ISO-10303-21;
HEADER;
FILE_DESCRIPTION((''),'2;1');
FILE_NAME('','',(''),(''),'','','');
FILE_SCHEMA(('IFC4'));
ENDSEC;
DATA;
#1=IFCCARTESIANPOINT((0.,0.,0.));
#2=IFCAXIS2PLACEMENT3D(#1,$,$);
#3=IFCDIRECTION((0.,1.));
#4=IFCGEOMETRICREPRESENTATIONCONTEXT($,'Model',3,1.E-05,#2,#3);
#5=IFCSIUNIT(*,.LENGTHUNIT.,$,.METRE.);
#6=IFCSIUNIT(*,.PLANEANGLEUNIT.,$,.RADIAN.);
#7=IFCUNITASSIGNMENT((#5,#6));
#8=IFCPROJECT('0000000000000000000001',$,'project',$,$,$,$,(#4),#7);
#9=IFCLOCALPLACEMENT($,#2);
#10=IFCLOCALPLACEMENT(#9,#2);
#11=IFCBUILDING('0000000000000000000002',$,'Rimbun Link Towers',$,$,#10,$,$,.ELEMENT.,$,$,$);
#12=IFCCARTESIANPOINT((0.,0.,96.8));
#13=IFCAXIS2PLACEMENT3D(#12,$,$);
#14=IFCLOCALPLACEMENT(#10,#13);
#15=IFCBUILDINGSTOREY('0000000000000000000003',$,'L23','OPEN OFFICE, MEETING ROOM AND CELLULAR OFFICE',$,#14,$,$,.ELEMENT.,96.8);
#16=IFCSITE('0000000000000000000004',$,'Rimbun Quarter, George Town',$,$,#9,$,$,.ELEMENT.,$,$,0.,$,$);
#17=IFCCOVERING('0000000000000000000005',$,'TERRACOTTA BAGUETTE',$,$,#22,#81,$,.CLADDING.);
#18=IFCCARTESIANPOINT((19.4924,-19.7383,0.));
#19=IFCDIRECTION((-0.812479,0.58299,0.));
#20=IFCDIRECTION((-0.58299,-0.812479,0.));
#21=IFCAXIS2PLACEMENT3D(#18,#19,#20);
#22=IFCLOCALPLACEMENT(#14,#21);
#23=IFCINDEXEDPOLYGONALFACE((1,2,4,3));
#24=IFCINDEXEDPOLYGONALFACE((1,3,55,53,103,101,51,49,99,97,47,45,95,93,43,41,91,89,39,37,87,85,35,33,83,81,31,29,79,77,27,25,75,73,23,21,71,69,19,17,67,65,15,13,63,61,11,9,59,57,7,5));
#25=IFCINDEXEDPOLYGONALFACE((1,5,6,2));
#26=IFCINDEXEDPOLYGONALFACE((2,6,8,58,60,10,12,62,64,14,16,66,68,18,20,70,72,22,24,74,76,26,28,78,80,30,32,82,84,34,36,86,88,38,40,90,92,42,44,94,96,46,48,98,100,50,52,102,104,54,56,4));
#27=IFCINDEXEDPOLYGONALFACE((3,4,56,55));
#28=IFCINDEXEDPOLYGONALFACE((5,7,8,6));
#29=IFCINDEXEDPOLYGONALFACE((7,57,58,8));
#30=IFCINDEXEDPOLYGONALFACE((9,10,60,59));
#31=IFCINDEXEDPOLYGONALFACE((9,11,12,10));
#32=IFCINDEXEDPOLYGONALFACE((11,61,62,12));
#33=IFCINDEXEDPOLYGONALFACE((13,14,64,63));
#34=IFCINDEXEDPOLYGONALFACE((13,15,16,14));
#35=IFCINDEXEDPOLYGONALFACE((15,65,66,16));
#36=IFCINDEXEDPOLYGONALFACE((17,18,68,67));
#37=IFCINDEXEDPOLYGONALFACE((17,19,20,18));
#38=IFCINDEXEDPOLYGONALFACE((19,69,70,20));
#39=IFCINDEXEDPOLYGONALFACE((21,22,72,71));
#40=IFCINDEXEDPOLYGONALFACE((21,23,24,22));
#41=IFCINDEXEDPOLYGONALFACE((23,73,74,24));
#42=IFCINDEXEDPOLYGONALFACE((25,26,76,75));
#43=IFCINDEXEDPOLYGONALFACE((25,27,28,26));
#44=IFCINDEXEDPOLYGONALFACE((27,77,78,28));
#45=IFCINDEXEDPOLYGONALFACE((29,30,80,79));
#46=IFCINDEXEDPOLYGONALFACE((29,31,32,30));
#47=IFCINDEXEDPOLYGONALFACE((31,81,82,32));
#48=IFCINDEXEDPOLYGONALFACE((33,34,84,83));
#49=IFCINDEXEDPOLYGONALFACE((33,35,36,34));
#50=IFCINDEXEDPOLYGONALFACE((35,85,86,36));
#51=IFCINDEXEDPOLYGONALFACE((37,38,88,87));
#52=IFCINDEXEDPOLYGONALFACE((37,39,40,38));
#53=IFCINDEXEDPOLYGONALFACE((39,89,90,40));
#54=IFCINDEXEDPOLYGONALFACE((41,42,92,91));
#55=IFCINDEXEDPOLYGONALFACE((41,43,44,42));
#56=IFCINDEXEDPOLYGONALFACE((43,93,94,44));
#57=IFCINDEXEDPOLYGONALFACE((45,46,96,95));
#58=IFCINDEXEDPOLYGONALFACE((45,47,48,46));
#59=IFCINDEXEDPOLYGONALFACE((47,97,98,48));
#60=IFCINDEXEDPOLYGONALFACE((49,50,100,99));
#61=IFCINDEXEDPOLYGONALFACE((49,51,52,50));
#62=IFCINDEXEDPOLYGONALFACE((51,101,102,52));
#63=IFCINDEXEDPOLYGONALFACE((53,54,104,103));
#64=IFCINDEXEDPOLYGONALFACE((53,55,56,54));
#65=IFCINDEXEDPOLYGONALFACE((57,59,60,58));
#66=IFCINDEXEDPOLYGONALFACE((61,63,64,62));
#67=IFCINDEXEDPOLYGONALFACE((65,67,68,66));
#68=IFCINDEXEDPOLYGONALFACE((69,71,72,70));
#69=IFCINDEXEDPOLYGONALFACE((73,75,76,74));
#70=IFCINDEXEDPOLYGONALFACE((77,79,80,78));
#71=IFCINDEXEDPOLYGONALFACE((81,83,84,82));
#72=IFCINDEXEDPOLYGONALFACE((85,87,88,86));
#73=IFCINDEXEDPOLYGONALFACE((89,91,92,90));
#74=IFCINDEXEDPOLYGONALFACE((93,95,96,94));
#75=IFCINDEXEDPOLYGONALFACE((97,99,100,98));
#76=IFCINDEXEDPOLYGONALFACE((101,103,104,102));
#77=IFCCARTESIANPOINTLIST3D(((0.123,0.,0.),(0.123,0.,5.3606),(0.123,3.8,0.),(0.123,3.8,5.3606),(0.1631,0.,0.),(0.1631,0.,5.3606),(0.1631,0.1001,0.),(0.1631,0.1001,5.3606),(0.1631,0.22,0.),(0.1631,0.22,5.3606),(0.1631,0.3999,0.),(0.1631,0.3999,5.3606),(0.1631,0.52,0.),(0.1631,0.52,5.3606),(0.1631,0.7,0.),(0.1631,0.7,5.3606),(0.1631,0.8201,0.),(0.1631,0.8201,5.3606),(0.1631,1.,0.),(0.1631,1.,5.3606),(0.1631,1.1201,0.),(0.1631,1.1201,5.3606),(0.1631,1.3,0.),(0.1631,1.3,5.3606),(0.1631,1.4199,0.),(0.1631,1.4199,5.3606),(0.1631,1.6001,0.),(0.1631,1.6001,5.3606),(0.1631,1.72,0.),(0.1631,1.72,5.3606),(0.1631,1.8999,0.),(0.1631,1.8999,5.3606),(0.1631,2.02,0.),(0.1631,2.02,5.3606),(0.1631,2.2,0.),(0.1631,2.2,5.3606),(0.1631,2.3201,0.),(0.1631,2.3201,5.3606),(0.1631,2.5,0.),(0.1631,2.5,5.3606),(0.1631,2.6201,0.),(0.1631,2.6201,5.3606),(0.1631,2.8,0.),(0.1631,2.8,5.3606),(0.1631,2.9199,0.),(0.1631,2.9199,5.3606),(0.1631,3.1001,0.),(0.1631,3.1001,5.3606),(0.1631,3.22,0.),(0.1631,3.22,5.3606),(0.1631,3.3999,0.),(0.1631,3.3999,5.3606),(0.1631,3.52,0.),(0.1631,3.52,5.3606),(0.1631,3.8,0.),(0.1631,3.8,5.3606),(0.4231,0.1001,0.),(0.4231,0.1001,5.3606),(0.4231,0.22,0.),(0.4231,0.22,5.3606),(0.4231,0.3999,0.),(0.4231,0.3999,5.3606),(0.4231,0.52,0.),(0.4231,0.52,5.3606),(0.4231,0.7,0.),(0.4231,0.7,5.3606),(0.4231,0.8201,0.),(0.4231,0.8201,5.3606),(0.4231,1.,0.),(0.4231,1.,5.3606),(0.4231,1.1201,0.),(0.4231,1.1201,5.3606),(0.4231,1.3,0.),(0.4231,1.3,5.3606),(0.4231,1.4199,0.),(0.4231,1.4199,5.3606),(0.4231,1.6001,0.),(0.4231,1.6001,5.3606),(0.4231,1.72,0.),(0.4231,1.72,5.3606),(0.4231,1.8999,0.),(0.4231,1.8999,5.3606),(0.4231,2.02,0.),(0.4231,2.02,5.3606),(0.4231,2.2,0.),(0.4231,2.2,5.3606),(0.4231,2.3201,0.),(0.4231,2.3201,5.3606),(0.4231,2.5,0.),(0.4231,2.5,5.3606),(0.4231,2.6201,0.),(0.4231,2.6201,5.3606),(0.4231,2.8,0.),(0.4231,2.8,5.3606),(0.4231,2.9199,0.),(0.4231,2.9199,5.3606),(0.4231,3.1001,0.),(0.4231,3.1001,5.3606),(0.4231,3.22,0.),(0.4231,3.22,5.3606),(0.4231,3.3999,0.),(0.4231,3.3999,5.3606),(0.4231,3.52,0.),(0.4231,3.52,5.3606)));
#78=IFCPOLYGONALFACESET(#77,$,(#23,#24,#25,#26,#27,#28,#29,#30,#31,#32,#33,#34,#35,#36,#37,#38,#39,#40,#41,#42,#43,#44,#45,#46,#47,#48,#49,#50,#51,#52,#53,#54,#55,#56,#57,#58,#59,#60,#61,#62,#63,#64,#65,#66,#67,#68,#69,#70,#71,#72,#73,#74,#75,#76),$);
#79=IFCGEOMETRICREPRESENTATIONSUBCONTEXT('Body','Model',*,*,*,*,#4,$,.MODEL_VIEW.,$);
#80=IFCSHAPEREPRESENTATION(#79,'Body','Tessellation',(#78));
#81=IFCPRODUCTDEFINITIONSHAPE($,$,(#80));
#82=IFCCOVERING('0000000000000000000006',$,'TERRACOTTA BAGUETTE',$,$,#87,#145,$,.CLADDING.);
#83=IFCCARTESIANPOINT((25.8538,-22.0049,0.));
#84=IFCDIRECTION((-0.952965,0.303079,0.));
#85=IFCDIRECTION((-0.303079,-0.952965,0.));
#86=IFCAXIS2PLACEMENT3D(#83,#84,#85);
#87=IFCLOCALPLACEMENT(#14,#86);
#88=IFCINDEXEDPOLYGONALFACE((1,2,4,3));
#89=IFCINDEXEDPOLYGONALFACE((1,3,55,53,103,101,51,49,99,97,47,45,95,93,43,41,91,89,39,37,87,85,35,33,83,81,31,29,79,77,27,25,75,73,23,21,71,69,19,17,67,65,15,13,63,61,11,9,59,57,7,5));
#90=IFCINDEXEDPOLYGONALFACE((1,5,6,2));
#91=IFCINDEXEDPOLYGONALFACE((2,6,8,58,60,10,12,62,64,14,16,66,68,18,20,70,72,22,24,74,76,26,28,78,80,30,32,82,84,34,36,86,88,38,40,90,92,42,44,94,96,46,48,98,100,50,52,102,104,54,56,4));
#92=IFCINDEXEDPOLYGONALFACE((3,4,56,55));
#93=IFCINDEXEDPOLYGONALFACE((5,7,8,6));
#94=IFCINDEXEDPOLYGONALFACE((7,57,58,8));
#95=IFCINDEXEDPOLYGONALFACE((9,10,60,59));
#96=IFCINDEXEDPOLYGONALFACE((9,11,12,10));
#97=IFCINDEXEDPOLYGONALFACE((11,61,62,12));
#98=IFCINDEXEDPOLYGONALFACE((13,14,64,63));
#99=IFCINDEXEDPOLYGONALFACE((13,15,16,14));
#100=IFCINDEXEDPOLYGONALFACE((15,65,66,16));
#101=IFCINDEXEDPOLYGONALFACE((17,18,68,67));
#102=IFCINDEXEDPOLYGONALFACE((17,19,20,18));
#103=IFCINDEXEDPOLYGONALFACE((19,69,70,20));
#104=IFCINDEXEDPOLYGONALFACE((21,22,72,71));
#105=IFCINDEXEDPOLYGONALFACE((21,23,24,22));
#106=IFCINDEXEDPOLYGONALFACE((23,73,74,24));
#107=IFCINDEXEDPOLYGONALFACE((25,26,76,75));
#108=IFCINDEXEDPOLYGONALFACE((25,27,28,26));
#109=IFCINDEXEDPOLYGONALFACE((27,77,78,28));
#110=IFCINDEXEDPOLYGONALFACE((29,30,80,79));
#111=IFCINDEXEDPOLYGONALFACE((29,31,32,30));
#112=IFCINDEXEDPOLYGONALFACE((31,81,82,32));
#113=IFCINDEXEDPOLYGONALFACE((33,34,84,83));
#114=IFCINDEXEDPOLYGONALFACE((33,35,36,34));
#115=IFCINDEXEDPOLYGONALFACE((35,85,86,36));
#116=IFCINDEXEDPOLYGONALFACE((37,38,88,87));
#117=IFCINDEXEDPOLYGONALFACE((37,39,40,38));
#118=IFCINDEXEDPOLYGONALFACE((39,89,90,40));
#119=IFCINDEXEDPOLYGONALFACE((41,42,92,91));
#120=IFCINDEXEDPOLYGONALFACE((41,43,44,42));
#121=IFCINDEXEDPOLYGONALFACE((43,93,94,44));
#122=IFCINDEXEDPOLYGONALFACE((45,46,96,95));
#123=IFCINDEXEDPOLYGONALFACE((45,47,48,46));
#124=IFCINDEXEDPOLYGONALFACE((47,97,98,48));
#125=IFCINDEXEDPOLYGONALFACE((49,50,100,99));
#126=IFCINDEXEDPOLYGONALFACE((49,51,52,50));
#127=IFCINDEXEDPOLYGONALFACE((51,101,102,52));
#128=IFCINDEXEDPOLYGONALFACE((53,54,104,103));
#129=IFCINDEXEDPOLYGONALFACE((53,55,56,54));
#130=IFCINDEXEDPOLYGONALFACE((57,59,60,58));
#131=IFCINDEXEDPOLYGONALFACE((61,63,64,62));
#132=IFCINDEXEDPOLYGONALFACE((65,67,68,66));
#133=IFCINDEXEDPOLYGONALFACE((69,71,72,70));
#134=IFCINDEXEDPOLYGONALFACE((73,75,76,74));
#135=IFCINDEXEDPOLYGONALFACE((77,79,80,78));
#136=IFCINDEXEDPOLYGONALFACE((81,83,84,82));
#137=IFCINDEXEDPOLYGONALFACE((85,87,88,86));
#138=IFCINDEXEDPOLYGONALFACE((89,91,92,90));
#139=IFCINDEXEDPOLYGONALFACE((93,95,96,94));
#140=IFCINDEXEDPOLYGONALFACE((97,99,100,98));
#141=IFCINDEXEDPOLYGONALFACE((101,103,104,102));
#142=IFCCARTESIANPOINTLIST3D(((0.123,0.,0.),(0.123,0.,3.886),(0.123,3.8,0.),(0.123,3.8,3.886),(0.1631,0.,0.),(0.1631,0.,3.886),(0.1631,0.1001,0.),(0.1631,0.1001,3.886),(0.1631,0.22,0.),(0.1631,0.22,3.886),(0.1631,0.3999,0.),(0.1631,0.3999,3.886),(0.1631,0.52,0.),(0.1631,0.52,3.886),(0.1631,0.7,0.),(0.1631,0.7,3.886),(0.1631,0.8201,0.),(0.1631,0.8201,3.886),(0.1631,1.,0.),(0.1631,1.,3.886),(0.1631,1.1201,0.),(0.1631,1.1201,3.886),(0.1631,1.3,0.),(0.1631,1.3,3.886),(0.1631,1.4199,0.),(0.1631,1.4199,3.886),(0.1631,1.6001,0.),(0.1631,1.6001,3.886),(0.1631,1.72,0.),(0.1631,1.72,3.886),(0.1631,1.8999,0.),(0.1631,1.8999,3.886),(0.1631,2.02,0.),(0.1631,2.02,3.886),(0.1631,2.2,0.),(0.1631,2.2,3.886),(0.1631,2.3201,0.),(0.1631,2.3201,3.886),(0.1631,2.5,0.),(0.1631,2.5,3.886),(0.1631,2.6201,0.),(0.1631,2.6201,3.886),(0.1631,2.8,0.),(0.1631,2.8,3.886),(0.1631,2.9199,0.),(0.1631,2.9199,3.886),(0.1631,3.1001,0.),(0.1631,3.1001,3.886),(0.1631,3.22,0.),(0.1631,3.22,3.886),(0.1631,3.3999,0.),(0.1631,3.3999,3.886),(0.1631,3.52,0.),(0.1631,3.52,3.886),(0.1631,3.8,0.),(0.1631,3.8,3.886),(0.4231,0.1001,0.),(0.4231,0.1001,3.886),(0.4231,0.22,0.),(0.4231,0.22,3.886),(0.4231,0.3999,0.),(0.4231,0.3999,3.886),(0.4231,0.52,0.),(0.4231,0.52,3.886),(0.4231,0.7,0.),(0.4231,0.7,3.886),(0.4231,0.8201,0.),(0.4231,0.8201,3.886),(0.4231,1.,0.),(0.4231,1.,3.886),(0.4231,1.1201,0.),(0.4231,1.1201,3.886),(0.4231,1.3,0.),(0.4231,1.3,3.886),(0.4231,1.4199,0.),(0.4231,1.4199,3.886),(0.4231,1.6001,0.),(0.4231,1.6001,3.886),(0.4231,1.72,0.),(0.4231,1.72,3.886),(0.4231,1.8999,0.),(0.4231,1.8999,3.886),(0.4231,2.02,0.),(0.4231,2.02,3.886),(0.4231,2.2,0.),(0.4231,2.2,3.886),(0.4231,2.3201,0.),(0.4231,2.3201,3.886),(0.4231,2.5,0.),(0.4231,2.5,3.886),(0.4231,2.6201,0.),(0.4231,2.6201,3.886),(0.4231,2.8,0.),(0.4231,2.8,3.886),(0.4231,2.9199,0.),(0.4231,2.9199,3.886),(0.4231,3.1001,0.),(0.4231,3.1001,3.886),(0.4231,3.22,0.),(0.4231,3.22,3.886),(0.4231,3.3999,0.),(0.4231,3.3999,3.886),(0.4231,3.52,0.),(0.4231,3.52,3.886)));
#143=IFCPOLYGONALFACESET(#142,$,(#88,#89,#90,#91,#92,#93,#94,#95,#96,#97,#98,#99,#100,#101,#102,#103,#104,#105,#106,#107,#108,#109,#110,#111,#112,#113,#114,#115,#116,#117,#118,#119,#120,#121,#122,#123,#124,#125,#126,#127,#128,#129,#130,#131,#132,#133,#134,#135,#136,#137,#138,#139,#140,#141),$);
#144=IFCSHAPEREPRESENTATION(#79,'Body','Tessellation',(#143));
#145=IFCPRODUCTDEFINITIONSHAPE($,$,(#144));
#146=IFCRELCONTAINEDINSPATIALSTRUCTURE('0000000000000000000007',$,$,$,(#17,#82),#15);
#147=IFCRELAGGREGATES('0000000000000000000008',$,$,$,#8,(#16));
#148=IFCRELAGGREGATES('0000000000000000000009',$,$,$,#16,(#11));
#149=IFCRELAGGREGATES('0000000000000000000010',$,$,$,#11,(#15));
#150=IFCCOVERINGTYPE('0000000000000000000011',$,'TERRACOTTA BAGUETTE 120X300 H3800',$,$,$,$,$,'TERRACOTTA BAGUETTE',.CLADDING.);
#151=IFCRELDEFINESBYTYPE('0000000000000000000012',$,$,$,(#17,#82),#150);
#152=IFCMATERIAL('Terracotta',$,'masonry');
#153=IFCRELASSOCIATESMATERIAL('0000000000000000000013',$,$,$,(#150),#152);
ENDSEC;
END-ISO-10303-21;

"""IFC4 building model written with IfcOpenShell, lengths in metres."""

from ifc_helpers import new_model, si_unit, direction, frame, origin, place, context, subcontext, project, spatial, polyline, outline, extrude, material, material_profile, profile_set, type_object, element, save


model = new_model("IFC4")

# Units and contexts
model_context = context("Model", 3, precision=1e-05, world=origin(), true_north=direction((0.0, 1.0)))
body_context = subcontext(model_context, "Body", "Model", "MODEL_VIEW")
ifc_project = project(units=[si_unit("LENGTHUNIT", "METRE"), si_unit("PLANEANGLEUNIT", "RADIAN")], contexts=[model_context])

# Site, building, storey
site_placement = place(None, origin())
site = spatial("IfcSite", under=ifc_project, at=site_placement, Name="Rimbun Quarter, George Town", CompositionType="ELEMENT", RefElevation=0.0)
building_placement = place(site_placement, origin())
building = spatial("IfcBuilding", under=site, at=building_placement, Name="Rimbun Link Towers", CompositionType="ELEMENT")
storey_placement = place(building_placement, frame((0.0, 0.0, 96.8)))
storey = spatial("IfcBuildingStorey", under=building, at=storey_placement, Name="L23", Description="OPEN OFFICE, MEETING ROOM AND CELLULAR OFFICE", CompositionType="ELEMENT", Elevation=96.8)

# Coverings
ifc_material_1 = material(Name="Terracotta", Category="masonry")
ifc_material_profile_1 = material_profile(ifc_material_1, outline(polyline([(0.123, 0.0), (0.1631, 0.0), (0.1631, 0.1001), (0.4231, 0.1001), (0.4231, 0.22), (0.1631, 0.22), (0.1631, 0.3999), (0.4231, 0.3999), (0.4231, 0.52), (0.1631, 0.52), (0.1631, 0.7), (0.4231, 0.7), (0.4231, 0.8201), (0.1631, 0.8201), (0.1631, 1.0), (0.4231, 1.0), (0.4231, 1.1201), (0.1631, 1.1201), (0.1631, 1.3), (0.4231, 1.3), (0.4231, 1.4199), (0.1631, 1.4199), (0.1631, 1.6001), (0.4231, 1.6001), (0.4231, 1.72), (0.1631, 1.72), (0.1631, 1.8999), (0.4231, 1.8999), (0.4231, 2.02), (0.1631, 2.02), (0.1631, 2.2), (0.4231, 2.2), (0.4231, 2.3201), (0.1631, 2.3201), (0.1631, 2.5), (0.4231, 2.5), (0.4231, 2.6201), (0.1631, 2.6201), (0.1631, 2.8), (0.4231, 2.8), (0.4231, 2.9199), (0.1631, 2.9199), (0.1631, 3.1001), (0.4231, 3.1001), (0.4231, 3.22), (0.1631, 3.22), (0.1631, 3.3999), (0.4231, 3.3999), (0.4231, 3.52), (0.1631, 3.52), (0.1631, 3.8), (0.123, 3.8), (0.123, 0.0)])), Name="BAGUETTE 120X300")
ifc_profile_set_1 = profile_set([ifc_material_profile_1], Name="Terracotta")
covering_type = type_object("IfcCoveringType", Name="TERRACOTTA BAGUETTE 120X300 H3800", ElementType="TERRACOTTA BAGUETTE", PredefinedType="CLADDING", material=ifc_profile_set_1)
covering_1_placement = place(storey_placement, frame((19.4924, -19.7383, 0.0), z_axis=(-0.812479, 0.58299, 0.0), x_axis=(-0.58299, -0.812479, 0.0)))
element("IfcCovering", 1, at=covering_1_placement, inside=storey, type_object=covering_type, Name="TERRACOTTA BAGUETTE", PredefinedType="CLADDING", context=body_context, shape_type="SweptSolid", body=[
    extrude(outline(polyline([(0.123, 0.0), (0.1631, 0.0), (0.1631, 0.1001), (0.4231, 0.1001), (0.4231, 0.22), (0.1631, 0.22), (0.1631, 0.3999), (0.4231, 0.3999), (0.4231, 0.52), (0.1631, 0.52), (0.1631, 0.7), (0.4231, 0.7), (0.4231, 0.8201), (0.1631, 0.8201), (0.1631, 1.0), (0.4231, 1.0), (0.4231, 1.1201), (0.1631, 1.1201), (0.1631, 1.3), (0.4231, 1.3), (0.4231, 1.4199), (0.1631, 1.4199), (0.1631, 1.6001), (0.4231, 1.6001), (0.4231, 1.72), (0.1631, 1.72), (0.1631, 1.8999), (0.4231, 1.8999), (0.4231, 2.02), (0.1631, 2.02), (0.1631, 2.2), (0.4231, 2.2), (0.4231, 2.3201), (0.1631, 2.3201), (0.1631, 2.5), (0.4231, 2.5), (0.4231, 2.6201), (0.1631, 2.6201), (0.1631, 2.8), (0.4231, 2.8), (0.4231, 2.9199), (0.1631, 2.9199), (0.1631, 3.1001), (0.4231, 3.1001), (0.4231, 3.22), (0.1631, 3.22), (0.1631, 3.3999), (0.4231, 3.3999), (0.4231, 3.52), (0.1631, 3.52), (0.1631, 3.8), (0.123, 3.8), (0.123, 0.0)])), origin(), (0.0, 0.0, 1.0), 5.3606),
])
covering_2_placement = place(storey_placement, frame((25.8538, -22.0049, 0.0), z_axis=(-0.952965, 0.303079, 0.0), x_axis=(-0.303079, -0.952965, 0.0)))
element("IfcCovering", 2, at=covering_2_placement, inside=storey, type_object=covering_type, Name="TERRACOTTA BAGUETTE", PredefinedType="CLADDING", context=body_context, shape_type="SweptSolid", body=[
    extrude(outline(polyline([(0.123, 0.0), (0.1631, 0.0), (0.1631, 0.1001), (0.4231, 0.1001), (0.4231, 0.22), (0.1631, 0.22), (0.1631, 0.3999), (0.4231, 0.3999), (0.4231, 0.52), (0.1631, 0.52), (0.1631, 0.7), (0.4231, 0.7), (0.4231, 0.8201), (0.1631, 0.8201), (0.1631, 1.0), (0.4231, 1.0), (0.4231, 1.1201), (0.1631, 1.1201), (0.1631, 1.3), (0.4231, 1.3), (0.4231, 1.4199), (0.1631, 1.4199), (0.1631, 1.6001), (0.4231, 1.6001), (0.4231, 1.72), (0.1631, 1.72), (0.1631, 1.8999), (0.4231, 1.8999), (0.4231, 2.02), (0.1631, 2.02), (0.1631, 2.2), (0.4231, 2.2), (0.4231, 2.3201), (0.1631, 2.3201), (0.1631, 2.5), (0.4231, 2.5), (0.4231, 2.6201), (0.1631, 2.6201), (0.1631, 2.8), (0.4231, 2.8), (0.4231, 2.9199), (0.1631, 2.9199), (0.1631, 3.1001), (0.4231, 3.1001), (0.4231, 3.22), (0.1631, 3.22), (0.1631, 3.3999), (0.4231, 3.3999), (0.4231, 3.52), (0.1631, 3.52), (0.1631, 3.8), (0.123, 3.8), (0.123, 0.0)])), origin(), (0.0, 0.0, 1.0), 3.886),
])

save(model, "model.ifc")
